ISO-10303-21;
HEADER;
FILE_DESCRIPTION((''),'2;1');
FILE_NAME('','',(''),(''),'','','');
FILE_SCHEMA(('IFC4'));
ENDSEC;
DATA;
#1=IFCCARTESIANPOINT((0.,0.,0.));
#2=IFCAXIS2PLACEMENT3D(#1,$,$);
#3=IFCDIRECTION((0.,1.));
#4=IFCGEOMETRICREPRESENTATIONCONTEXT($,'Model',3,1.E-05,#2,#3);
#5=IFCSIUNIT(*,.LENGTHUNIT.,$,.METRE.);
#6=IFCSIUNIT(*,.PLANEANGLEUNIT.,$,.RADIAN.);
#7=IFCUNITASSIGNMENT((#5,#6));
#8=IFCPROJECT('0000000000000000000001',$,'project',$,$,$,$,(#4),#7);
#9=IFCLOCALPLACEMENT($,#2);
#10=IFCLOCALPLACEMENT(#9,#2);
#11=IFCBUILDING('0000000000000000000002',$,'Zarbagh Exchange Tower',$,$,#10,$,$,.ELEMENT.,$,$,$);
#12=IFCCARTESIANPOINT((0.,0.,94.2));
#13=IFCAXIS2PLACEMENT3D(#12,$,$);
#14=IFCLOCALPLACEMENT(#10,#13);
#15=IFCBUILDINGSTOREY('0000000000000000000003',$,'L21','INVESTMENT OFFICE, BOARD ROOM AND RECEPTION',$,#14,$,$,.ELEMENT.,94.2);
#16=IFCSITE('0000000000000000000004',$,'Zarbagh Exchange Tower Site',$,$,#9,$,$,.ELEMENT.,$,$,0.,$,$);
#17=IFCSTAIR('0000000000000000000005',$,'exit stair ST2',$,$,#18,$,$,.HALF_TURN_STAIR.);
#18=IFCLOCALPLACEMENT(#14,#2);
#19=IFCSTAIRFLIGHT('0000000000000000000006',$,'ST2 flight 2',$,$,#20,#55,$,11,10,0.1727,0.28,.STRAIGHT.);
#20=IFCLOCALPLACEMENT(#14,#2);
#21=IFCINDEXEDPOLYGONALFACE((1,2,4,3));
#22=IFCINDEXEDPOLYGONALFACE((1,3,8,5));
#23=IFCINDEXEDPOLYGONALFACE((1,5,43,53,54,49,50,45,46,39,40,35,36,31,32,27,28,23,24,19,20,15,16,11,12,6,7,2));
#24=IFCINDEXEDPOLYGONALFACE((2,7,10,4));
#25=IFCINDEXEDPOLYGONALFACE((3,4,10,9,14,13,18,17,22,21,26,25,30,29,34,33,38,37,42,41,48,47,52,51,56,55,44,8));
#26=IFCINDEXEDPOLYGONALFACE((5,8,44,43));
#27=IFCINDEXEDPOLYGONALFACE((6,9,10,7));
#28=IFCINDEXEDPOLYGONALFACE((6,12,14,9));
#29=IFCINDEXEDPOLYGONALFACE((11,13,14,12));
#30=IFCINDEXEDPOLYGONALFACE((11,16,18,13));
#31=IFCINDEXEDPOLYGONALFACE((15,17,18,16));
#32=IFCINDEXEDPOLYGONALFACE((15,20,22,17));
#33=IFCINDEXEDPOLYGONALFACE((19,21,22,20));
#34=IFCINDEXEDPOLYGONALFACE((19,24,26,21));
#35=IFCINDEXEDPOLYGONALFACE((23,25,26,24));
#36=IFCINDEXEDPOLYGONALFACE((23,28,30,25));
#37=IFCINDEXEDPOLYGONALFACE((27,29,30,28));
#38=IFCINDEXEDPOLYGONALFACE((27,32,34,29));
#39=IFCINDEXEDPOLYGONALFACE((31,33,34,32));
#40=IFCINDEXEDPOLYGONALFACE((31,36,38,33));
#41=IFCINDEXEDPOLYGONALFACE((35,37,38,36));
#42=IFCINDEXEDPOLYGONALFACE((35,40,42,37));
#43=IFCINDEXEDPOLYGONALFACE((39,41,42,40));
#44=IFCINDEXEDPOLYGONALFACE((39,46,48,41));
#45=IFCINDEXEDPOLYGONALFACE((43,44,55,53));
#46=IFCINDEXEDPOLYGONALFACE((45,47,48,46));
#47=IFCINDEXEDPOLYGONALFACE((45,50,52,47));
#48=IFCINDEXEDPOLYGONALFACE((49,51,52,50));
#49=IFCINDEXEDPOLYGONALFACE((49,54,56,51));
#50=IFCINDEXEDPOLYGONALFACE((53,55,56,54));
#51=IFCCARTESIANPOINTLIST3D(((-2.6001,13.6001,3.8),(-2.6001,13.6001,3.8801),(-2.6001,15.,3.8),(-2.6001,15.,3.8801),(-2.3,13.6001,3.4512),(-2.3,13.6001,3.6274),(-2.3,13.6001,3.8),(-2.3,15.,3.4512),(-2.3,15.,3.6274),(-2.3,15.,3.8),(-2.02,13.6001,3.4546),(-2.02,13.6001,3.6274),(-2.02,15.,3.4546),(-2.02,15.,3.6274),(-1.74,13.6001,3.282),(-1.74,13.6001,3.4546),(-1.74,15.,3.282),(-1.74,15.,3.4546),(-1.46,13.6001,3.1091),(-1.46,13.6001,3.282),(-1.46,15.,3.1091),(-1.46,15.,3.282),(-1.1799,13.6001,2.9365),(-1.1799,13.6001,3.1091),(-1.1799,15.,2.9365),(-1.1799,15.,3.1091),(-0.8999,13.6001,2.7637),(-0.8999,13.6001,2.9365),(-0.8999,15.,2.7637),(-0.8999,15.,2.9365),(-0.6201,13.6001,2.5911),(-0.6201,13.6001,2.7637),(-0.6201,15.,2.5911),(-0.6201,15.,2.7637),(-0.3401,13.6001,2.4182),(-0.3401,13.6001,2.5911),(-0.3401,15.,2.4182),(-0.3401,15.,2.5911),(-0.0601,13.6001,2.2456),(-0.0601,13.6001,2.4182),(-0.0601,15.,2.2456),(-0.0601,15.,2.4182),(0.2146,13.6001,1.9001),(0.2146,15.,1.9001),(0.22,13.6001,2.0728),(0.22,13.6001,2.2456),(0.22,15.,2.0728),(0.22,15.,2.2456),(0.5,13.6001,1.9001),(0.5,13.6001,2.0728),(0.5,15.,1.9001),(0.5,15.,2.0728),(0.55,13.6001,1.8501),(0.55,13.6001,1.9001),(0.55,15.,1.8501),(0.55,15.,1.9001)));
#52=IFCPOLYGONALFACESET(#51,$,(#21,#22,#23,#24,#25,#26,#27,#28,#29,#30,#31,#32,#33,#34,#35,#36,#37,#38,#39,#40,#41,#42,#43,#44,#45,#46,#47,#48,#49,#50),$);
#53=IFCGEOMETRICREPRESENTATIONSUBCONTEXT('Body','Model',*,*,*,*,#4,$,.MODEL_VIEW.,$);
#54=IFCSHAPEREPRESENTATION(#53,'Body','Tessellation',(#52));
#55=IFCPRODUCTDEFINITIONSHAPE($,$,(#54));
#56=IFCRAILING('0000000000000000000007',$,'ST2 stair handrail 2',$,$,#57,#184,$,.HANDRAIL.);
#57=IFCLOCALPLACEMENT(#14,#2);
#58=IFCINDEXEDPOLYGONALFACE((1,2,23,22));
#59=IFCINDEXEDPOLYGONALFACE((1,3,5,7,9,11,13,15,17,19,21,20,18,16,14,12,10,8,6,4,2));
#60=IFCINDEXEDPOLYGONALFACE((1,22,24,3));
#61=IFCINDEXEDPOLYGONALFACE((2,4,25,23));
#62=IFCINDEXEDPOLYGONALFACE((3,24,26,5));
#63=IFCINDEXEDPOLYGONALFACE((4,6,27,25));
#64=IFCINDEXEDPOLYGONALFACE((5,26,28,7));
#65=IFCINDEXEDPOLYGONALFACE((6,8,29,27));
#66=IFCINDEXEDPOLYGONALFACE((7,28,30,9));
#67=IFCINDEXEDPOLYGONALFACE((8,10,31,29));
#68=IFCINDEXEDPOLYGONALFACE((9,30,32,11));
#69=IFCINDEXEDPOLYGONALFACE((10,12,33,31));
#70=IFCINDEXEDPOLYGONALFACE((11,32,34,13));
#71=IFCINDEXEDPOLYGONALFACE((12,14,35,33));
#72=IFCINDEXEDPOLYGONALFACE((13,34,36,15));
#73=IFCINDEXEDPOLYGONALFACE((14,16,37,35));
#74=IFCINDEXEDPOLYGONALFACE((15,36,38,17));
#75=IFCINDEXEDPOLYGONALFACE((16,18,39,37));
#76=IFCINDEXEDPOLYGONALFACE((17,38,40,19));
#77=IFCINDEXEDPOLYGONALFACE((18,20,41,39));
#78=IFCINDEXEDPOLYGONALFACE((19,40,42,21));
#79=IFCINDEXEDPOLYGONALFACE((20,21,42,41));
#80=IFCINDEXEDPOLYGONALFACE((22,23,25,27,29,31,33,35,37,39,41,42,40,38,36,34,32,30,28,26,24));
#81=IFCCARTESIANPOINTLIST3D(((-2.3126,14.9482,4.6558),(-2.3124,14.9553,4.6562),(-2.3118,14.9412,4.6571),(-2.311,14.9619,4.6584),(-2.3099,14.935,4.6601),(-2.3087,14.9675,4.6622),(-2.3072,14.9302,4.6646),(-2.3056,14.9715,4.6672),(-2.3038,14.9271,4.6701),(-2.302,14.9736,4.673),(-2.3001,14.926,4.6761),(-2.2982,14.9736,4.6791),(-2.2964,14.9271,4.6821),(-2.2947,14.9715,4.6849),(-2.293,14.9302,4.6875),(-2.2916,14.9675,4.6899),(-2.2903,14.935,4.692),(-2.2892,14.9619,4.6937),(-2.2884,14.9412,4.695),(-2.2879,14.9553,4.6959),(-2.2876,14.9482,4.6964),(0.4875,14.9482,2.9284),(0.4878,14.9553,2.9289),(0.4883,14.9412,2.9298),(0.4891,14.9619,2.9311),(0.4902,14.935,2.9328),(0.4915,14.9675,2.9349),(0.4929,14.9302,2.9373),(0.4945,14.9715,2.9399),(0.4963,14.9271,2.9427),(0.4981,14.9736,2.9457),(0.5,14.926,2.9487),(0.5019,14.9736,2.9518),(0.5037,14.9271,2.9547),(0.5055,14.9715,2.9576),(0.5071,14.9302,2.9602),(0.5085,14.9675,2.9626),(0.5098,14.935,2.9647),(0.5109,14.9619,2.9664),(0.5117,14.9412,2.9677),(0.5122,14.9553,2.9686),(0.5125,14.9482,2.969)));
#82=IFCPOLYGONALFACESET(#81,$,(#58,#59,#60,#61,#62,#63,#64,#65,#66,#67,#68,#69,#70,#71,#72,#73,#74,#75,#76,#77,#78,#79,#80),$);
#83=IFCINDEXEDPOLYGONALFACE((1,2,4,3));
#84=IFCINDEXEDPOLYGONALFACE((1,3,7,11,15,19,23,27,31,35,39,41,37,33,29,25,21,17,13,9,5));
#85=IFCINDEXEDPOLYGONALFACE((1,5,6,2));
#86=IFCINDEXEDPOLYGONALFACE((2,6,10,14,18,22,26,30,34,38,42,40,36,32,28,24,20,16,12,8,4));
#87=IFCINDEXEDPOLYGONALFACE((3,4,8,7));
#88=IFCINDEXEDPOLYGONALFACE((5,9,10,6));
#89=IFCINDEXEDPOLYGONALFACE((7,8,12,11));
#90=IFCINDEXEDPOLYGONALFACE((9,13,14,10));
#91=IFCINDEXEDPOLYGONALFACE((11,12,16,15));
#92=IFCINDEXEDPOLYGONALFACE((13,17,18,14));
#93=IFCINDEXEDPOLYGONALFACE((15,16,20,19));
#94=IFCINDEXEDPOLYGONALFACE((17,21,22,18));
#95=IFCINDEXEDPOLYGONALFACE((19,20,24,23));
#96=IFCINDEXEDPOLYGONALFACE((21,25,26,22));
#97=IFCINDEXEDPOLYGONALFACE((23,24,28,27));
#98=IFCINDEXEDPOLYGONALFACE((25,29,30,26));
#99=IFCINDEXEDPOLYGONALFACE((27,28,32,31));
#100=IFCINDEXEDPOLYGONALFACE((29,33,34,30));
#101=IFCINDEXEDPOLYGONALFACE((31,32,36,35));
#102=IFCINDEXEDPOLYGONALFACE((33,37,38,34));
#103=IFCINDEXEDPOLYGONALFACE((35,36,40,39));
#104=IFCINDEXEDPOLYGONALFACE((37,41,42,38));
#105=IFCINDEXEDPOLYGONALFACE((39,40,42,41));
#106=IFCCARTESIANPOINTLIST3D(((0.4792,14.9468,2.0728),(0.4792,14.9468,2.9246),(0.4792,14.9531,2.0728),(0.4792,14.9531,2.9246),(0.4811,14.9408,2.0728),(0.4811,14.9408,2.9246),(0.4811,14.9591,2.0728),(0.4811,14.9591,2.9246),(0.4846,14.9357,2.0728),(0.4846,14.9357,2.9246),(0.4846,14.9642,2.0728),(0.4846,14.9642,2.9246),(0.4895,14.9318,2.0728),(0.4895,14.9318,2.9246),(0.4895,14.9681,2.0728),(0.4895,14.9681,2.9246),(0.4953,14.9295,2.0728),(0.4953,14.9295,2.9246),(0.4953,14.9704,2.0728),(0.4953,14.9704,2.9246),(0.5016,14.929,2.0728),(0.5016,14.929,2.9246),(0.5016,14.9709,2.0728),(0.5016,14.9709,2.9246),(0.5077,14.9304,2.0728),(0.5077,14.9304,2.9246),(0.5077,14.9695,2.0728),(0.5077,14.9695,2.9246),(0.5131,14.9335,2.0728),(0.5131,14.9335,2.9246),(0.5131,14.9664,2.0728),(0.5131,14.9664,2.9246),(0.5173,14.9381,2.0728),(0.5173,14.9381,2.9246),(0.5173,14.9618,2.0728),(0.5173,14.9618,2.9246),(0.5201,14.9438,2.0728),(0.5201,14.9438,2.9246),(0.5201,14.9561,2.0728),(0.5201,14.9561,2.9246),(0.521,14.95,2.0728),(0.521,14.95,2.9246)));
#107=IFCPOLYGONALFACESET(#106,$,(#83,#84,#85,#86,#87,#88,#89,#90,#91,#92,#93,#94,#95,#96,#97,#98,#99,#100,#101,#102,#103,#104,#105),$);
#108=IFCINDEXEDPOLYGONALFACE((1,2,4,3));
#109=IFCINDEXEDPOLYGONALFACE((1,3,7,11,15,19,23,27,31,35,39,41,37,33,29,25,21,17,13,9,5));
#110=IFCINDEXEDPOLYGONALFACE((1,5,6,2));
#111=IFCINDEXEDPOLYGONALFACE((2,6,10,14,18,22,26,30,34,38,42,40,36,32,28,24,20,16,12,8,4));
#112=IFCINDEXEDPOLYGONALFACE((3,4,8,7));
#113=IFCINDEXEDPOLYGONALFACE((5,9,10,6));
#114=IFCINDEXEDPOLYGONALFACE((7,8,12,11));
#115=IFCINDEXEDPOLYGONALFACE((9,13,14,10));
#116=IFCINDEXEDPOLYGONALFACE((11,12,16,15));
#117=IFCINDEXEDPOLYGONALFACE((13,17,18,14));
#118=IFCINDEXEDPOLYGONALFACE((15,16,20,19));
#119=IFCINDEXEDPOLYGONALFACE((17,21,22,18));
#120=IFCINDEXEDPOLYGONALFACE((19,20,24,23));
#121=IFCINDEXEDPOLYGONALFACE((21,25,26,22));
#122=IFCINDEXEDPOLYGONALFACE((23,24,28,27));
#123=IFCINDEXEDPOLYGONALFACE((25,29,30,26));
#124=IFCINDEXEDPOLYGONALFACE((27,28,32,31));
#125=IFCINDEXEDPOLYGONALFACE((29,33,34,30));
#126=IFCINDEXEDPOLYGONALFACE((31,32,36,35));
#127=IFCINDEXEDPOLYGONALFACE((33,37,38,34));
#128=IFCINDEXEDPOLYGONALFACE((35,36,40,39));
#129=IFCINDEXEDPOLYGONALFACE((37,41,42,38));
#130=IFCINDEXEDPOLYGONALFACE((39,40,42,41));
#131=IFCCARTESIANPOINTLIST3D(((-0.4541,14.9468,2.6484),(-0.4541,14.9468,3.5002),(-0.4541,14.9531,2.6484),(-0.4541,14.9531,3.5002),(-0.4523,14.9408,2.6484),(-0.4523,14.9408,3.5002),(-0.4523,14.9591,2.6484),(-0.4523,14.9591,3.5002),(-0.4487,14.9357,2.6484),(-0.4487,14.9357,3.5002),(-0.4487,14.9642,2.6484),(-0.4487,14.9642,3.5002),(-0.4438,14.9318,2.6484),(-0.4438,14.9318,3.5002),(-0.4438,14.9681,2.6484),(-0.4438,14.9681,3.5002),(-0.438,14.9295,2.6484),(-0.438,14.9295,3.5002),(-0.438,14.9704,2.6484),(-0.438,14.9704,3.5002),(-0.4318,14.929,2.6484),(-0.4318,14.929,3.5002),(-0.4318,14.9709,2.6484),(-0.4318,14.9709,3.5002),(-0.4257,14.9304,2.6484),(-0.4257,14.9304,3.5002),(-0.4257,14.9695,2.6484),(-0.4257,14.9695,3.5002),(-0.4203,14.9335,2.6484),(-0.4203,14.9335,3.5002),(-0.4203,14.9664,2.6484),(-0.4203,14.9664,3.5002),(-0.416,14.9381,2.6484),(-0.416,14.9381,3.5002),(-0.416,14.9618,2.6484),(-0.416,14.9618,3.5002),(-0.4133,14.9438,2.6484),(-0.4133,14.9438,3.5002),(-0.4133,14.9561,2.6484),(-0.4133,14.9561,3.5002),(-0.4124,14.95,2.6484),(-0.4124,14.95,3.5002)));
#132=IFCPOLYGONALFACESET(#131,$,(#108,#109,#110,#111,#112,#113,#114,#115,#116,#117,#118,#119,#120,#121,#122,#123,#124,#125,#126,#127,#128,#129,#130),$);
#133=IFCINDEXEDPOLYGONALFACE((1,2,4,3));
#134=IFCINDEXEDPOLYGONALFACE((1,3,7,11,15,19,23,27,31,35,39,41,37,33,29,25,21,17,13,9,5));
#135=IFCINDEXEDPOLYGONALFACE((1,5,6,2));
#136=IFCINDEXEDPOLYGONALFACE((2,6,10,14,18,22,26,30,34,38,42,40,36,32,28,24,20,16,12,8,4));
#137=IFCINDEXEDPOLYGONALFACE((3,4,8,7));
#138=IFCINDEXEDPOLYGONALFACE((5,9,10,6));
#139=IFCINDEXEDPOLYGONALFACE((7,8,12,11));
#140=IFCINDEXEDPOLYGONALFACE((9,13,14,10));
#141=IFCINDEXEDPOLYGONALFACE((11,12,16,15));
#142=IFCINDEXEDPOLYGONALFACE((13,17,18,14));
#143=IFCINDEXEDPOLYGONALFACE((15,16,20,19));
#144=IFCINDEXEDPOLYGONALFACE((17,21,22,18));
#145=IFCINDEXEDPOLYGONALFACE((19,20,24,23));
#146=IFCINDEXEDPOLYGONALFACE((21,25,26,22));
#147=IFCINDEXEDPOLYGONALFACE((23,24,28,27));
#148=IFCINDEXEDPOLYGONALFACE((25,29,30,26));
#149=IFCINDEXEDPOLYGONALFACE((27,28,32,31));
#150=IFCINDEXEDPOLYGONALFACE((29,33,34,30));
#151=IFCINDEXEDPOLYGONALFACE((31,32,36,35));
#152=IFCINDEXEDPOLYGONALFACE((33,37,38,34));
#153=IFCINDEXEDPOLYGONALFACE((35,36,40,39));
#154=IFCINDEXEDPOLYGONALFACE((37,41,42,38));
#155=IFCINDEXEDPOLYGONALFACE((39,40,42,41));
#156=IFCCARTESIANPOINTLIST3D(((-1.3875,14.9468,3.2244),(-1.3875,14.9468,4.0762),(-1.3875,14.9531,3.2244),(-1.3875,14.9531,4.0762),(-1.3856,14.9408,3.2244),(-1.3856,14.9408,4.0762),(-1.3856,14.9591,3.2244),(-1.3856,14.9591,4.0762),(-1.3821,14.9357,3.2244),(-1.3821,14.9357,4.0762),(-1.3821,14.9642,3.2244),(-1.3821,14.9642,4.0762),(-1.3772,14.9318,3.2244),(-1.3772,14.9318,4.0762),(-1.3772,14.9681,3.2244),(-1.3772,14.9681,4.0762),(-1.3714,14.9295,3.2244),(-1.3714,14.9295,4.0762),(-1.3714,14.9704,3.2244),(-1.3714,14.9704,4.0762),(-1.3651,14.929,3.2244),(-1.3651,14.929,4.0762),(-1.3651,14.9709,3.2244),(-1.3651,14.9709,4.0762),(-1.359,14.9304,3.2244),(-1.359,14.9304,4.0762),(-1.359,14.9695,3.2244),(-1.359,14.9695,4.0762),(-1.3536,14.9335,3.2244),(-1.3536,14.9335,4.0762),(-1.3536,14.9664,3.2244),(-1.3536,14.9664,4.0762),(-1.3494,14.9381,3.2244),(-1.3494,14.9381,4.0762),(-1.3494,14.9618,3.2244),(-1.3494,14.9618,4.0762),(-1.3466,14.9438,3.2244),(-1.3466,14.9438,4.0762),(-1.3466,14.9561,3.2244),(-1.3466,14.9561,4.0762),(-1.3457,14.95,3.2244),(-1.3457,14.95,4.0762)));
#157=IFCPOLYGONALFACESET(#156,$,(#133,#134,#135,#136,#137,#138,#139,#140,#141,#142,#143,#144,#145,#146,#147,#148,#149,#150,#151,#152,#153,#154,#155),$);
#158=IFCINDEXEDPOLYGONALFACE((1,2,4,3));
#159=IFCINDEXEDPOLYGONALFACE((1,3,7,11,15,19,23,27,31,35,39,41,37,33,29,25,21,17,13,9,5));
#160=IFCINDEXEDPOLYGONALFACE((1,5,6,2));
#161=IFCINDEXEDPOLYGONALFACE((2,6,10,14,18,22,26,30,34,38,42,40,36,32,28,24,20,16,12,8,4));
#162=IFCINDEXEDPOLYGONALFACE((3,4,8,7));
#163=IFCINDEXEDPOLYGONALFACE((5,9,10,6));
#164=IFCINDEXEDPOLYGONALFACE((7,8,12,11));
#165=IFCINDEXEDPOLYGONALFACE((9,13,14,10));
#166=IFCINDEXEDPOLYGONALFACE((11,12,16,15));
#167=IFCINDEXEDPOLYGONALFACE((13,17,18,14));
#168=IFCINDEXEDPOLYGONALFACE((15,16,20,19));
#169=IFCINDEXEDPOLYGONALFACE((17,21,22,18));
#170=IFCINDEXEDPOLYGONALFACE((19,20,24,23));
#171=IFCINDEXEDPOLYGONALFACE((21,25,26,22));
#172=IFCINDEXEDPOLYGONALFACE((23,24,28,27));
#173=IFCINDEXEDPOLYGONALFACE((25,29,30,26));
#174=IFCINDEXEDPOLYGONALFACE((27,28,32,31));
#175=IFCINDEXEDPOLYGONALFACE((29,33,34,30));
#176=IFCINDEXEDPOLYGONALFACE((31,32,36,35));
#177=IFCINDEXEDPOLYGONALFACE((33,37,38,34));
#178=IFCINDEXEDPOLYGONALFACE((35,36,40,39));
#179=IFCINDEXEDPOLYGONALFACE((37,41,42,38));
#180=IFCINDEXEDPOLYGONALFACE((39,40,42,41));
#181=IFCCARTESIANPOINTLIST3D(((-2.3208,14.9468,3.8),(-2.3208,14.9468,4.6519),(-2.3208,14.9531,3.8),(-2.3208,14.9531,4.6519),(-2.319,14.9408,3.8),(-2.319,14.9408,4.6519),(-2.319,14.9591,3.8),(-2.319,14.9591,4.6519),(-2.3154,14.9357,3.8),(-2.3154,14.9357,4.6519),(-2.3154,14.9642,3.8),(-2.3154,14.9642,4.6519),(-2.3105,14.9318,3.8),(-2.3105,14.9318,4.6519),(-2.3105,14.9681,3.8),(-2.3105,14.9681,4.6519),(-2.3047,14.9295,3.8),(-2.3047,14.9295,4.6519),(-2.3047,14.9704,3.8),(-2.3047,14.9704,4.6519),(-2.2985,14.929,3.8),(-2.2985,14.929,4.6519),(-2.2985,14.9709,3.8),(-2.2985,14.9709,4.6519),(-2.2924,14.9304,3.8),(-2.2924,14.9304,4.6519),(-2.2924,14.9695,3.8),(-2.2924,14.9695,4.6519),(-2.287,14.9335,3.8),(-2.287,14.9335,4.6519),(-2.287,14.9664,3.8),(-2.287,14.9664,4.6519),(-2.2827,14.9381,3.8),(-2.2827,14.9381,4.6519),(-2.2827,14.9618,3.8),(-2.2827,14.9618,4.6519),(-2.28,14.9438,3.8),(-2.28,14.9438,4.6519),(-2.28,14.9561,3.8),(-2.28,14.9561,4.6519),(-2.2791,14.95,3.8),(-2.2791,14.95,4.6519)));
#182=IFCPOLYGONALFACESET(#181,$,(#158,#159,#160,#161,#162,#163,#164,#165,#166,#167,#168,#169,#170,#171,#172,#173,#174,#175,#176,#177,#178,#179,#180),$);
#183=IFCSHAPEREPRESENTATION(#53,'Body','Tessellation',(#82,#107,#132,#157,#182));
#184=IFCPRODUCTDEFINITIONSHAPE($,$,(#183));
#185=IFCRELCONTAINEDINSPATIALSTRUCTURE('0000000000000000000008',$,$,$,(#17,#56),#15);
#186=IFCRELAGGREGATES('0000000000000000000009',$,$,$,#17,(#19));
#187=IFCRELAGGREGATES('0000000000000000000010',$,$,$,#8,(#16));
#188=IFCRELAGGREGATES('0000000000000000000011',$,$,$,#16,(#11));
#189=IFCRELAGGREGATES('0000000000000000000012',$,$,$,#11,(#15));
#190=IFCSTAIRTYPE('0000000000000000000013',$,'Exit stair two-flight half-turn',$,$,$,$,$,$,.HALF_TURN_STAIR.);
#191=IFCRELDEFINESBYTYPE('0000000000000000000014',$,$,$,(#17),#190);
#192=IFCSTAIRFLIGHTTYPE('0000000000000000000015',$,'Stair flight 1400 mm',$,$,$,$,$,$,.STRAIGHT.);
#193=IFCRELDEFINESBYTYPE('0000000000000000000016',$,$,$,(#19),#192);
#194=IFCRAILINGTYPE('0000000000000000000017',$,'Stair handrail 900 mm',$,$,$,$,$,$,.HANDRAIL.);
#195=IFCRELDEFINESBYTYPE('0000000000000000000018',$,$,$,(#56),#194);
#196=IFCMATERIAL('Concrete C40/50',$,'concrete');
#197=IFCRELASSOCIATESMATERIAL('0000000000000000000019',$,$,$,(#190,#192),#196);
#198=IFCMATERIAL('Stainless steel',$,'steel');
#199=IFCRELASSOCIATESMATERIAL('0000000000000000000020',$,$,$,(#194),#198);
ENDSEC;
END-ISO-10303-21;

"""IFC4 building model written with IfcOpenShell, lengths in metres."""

from ifc_helpers import new_model, si_unit, direction, frame, origin, origin_2d, place, context, subcontext, project, spatial, polyline, circle, outline, extrude, material, type_object, element, aggregate, save


model = new_model("IFC4")

# Units and contexts
model_context = context("Model", 3, precision=1e-05, world=origin(), true_north=direction((0.0, 1.0)))
body_context = subcontext(model_context, "Body", "Model", "MODEL_VIEW")
ifc_project = project(units=[si_unit("LENGTHUNIT", "METRE"), si_unit("PLANEANGLEUNIT", "RADIAN")], contexts=[model_context])

# Site, building, storey
site_placement = place(None, origin())
site = spatial("IfcSite", under=ifc_project, at=site_placement, Name="Zarbagh Exchange Tower Site", CompositionType="ELEMENT", RefElevation=0.0)
building_placement = place(site_placement, origin())
building = spatial("IfcBuilding", under=site, at=building_placement, Name="Zarbagh Exchange Tower", CompositionType="ELEMENT")
storey_placement = place(building_placement, frame((0.0, 0.0, 94.2)))
storey = spatial("IfcBuildingStorey", under=building, at=storey_placement, Name="L21", Description="INVESTMENT OFFICE, BOARD ROOM AND RECEPTION", CompositionType="ELEMENT", Elevation=94.2)

# Stair
ifc_material_1 = material(Name="Concrete C40/50", Category="concrete")
stair_type = type_object("IfcStairType", Name="Exit stair two-flight half-turn", PredefinedType="HALF_TURN_STAIR", material=ifc_material_1)
stair_1_placement = place(storey_placement, origin())
stair_1 = element("IfcStair", 1, at=stair_1_placement, inside=storey, type_object=stair_type, Name="exit stair ST2", PredefinedType="HALF_TURN_STAIR")

# Shared definitions
ifc_material_2 = material(Name="Stainless steel", Category="steel")

# Stair flight
stair_flight_type = type_object("IfcStairFlightType", Name="Stair flight 1400 mm", PredefinedType="STRAIGHT", material=ifc_material_1)
stair_flight_placement = place(storey_placement, frame((0.5, 14.3, 1.9001), z_axis=(0.0, 0.0, 1.0), x_axis=(-1.0, 0.0, 0.0)))
stair_flight = element("IfcStairFlight", 2, at=stair_flight_placement, type_object=stair_flight_type, Name="ST2 flight 2", NumberOfRisers=11, NumberOfTreads=10, PredefinedType="STRAIGHT", RiserHeight=0.1727, TreadLength=0.28, context=body_context, shape_type="SweptSolid", body=[
    extrude(outline(polyline([(-0.05, -0.05), (-0.05, 0.0), (0.0, 0.0), (0.0, 0.1726), (0.28, 0.1726), (0.28, 0.3455), (0.5601, 0.3455), (0.5601, 0.5181), (0.8401, 0.5181), (0.8401, 0.6909), (1.1201, 0.6909), (1.1201, 0.8635), (1.3999, 0.8635), (1.3999, 1.0364), (1.6799, 1.0364), (1.6799, 1.209), (1.96, 1.209), (1.96, 1.3818), (2.24, 1.3818), (2.24, 1.5544), (2.52, 1.5544), (2.52, 1.7273), (2.8, 1.7273), (2.8, 1.8999), (3.1001, 1.98), (3.1001, 1.8999), (2.8, 1.551), (0.2854, 0.0), (-0.05, -0.05)])), frame((0.0, 0.7, 0.0), z_axis=(0.0, -1.0, 0.0), x_axis=(1.0, 0.0, 0.0)), (0.0, 0.0, 1.0), 1.3999),
])
aggregate(stair_1, [stair_flight])

# Railing
railing_type = type_object("IfcRailingType", Name="Stair handrail 900 mm", PredefinedType="HANDRAIL", material=ifc_material_2)
railing_placement = place(storey_placement, frame((0.5, 14.95, 2.0728)))
element("IfcRailing", 3, at=railing_placement, inside=storey, type_object=railing_type, Name="ST2 stair handrail 2", PredefinedType="HANDRAIL", context=body_context, shape_type="SweptSolid", body=[
    extrude(circle(Radius=0.0239, at=origin_2d()), frame((0.0, 0.0, 0.876), z_axis=(-0.85109, 0.0, 0.52502), x_axis=(0.0, -1.0, 0.0)), (0.0, 0.0, 1.0), 3.29),
    extrude(circle(Radius=0.021, at=origin_2d()), origin(), (0.0, 0.0, 1.0), 0.8518),
    extrude(circle(Radius=0.021, at=origin_2d()), frame((-0.9333, 0.0, 0.5757)), (0.0, 0.0, 1.0), 0.8518),
    extrude(circle(Radius=0.021, at=origin_2d()), frame((-1.8667, 0.0, 1.1516)), (0.0, 0.0, 1.0), 0.8518),
    extrude(circle(Radius=0.021, at=origin_2d()), frame((-2.8, 0.0, 1.7273)), (0.0, 0.0, 1.0), 0.8518),
])

save(model, "model.ifc")
